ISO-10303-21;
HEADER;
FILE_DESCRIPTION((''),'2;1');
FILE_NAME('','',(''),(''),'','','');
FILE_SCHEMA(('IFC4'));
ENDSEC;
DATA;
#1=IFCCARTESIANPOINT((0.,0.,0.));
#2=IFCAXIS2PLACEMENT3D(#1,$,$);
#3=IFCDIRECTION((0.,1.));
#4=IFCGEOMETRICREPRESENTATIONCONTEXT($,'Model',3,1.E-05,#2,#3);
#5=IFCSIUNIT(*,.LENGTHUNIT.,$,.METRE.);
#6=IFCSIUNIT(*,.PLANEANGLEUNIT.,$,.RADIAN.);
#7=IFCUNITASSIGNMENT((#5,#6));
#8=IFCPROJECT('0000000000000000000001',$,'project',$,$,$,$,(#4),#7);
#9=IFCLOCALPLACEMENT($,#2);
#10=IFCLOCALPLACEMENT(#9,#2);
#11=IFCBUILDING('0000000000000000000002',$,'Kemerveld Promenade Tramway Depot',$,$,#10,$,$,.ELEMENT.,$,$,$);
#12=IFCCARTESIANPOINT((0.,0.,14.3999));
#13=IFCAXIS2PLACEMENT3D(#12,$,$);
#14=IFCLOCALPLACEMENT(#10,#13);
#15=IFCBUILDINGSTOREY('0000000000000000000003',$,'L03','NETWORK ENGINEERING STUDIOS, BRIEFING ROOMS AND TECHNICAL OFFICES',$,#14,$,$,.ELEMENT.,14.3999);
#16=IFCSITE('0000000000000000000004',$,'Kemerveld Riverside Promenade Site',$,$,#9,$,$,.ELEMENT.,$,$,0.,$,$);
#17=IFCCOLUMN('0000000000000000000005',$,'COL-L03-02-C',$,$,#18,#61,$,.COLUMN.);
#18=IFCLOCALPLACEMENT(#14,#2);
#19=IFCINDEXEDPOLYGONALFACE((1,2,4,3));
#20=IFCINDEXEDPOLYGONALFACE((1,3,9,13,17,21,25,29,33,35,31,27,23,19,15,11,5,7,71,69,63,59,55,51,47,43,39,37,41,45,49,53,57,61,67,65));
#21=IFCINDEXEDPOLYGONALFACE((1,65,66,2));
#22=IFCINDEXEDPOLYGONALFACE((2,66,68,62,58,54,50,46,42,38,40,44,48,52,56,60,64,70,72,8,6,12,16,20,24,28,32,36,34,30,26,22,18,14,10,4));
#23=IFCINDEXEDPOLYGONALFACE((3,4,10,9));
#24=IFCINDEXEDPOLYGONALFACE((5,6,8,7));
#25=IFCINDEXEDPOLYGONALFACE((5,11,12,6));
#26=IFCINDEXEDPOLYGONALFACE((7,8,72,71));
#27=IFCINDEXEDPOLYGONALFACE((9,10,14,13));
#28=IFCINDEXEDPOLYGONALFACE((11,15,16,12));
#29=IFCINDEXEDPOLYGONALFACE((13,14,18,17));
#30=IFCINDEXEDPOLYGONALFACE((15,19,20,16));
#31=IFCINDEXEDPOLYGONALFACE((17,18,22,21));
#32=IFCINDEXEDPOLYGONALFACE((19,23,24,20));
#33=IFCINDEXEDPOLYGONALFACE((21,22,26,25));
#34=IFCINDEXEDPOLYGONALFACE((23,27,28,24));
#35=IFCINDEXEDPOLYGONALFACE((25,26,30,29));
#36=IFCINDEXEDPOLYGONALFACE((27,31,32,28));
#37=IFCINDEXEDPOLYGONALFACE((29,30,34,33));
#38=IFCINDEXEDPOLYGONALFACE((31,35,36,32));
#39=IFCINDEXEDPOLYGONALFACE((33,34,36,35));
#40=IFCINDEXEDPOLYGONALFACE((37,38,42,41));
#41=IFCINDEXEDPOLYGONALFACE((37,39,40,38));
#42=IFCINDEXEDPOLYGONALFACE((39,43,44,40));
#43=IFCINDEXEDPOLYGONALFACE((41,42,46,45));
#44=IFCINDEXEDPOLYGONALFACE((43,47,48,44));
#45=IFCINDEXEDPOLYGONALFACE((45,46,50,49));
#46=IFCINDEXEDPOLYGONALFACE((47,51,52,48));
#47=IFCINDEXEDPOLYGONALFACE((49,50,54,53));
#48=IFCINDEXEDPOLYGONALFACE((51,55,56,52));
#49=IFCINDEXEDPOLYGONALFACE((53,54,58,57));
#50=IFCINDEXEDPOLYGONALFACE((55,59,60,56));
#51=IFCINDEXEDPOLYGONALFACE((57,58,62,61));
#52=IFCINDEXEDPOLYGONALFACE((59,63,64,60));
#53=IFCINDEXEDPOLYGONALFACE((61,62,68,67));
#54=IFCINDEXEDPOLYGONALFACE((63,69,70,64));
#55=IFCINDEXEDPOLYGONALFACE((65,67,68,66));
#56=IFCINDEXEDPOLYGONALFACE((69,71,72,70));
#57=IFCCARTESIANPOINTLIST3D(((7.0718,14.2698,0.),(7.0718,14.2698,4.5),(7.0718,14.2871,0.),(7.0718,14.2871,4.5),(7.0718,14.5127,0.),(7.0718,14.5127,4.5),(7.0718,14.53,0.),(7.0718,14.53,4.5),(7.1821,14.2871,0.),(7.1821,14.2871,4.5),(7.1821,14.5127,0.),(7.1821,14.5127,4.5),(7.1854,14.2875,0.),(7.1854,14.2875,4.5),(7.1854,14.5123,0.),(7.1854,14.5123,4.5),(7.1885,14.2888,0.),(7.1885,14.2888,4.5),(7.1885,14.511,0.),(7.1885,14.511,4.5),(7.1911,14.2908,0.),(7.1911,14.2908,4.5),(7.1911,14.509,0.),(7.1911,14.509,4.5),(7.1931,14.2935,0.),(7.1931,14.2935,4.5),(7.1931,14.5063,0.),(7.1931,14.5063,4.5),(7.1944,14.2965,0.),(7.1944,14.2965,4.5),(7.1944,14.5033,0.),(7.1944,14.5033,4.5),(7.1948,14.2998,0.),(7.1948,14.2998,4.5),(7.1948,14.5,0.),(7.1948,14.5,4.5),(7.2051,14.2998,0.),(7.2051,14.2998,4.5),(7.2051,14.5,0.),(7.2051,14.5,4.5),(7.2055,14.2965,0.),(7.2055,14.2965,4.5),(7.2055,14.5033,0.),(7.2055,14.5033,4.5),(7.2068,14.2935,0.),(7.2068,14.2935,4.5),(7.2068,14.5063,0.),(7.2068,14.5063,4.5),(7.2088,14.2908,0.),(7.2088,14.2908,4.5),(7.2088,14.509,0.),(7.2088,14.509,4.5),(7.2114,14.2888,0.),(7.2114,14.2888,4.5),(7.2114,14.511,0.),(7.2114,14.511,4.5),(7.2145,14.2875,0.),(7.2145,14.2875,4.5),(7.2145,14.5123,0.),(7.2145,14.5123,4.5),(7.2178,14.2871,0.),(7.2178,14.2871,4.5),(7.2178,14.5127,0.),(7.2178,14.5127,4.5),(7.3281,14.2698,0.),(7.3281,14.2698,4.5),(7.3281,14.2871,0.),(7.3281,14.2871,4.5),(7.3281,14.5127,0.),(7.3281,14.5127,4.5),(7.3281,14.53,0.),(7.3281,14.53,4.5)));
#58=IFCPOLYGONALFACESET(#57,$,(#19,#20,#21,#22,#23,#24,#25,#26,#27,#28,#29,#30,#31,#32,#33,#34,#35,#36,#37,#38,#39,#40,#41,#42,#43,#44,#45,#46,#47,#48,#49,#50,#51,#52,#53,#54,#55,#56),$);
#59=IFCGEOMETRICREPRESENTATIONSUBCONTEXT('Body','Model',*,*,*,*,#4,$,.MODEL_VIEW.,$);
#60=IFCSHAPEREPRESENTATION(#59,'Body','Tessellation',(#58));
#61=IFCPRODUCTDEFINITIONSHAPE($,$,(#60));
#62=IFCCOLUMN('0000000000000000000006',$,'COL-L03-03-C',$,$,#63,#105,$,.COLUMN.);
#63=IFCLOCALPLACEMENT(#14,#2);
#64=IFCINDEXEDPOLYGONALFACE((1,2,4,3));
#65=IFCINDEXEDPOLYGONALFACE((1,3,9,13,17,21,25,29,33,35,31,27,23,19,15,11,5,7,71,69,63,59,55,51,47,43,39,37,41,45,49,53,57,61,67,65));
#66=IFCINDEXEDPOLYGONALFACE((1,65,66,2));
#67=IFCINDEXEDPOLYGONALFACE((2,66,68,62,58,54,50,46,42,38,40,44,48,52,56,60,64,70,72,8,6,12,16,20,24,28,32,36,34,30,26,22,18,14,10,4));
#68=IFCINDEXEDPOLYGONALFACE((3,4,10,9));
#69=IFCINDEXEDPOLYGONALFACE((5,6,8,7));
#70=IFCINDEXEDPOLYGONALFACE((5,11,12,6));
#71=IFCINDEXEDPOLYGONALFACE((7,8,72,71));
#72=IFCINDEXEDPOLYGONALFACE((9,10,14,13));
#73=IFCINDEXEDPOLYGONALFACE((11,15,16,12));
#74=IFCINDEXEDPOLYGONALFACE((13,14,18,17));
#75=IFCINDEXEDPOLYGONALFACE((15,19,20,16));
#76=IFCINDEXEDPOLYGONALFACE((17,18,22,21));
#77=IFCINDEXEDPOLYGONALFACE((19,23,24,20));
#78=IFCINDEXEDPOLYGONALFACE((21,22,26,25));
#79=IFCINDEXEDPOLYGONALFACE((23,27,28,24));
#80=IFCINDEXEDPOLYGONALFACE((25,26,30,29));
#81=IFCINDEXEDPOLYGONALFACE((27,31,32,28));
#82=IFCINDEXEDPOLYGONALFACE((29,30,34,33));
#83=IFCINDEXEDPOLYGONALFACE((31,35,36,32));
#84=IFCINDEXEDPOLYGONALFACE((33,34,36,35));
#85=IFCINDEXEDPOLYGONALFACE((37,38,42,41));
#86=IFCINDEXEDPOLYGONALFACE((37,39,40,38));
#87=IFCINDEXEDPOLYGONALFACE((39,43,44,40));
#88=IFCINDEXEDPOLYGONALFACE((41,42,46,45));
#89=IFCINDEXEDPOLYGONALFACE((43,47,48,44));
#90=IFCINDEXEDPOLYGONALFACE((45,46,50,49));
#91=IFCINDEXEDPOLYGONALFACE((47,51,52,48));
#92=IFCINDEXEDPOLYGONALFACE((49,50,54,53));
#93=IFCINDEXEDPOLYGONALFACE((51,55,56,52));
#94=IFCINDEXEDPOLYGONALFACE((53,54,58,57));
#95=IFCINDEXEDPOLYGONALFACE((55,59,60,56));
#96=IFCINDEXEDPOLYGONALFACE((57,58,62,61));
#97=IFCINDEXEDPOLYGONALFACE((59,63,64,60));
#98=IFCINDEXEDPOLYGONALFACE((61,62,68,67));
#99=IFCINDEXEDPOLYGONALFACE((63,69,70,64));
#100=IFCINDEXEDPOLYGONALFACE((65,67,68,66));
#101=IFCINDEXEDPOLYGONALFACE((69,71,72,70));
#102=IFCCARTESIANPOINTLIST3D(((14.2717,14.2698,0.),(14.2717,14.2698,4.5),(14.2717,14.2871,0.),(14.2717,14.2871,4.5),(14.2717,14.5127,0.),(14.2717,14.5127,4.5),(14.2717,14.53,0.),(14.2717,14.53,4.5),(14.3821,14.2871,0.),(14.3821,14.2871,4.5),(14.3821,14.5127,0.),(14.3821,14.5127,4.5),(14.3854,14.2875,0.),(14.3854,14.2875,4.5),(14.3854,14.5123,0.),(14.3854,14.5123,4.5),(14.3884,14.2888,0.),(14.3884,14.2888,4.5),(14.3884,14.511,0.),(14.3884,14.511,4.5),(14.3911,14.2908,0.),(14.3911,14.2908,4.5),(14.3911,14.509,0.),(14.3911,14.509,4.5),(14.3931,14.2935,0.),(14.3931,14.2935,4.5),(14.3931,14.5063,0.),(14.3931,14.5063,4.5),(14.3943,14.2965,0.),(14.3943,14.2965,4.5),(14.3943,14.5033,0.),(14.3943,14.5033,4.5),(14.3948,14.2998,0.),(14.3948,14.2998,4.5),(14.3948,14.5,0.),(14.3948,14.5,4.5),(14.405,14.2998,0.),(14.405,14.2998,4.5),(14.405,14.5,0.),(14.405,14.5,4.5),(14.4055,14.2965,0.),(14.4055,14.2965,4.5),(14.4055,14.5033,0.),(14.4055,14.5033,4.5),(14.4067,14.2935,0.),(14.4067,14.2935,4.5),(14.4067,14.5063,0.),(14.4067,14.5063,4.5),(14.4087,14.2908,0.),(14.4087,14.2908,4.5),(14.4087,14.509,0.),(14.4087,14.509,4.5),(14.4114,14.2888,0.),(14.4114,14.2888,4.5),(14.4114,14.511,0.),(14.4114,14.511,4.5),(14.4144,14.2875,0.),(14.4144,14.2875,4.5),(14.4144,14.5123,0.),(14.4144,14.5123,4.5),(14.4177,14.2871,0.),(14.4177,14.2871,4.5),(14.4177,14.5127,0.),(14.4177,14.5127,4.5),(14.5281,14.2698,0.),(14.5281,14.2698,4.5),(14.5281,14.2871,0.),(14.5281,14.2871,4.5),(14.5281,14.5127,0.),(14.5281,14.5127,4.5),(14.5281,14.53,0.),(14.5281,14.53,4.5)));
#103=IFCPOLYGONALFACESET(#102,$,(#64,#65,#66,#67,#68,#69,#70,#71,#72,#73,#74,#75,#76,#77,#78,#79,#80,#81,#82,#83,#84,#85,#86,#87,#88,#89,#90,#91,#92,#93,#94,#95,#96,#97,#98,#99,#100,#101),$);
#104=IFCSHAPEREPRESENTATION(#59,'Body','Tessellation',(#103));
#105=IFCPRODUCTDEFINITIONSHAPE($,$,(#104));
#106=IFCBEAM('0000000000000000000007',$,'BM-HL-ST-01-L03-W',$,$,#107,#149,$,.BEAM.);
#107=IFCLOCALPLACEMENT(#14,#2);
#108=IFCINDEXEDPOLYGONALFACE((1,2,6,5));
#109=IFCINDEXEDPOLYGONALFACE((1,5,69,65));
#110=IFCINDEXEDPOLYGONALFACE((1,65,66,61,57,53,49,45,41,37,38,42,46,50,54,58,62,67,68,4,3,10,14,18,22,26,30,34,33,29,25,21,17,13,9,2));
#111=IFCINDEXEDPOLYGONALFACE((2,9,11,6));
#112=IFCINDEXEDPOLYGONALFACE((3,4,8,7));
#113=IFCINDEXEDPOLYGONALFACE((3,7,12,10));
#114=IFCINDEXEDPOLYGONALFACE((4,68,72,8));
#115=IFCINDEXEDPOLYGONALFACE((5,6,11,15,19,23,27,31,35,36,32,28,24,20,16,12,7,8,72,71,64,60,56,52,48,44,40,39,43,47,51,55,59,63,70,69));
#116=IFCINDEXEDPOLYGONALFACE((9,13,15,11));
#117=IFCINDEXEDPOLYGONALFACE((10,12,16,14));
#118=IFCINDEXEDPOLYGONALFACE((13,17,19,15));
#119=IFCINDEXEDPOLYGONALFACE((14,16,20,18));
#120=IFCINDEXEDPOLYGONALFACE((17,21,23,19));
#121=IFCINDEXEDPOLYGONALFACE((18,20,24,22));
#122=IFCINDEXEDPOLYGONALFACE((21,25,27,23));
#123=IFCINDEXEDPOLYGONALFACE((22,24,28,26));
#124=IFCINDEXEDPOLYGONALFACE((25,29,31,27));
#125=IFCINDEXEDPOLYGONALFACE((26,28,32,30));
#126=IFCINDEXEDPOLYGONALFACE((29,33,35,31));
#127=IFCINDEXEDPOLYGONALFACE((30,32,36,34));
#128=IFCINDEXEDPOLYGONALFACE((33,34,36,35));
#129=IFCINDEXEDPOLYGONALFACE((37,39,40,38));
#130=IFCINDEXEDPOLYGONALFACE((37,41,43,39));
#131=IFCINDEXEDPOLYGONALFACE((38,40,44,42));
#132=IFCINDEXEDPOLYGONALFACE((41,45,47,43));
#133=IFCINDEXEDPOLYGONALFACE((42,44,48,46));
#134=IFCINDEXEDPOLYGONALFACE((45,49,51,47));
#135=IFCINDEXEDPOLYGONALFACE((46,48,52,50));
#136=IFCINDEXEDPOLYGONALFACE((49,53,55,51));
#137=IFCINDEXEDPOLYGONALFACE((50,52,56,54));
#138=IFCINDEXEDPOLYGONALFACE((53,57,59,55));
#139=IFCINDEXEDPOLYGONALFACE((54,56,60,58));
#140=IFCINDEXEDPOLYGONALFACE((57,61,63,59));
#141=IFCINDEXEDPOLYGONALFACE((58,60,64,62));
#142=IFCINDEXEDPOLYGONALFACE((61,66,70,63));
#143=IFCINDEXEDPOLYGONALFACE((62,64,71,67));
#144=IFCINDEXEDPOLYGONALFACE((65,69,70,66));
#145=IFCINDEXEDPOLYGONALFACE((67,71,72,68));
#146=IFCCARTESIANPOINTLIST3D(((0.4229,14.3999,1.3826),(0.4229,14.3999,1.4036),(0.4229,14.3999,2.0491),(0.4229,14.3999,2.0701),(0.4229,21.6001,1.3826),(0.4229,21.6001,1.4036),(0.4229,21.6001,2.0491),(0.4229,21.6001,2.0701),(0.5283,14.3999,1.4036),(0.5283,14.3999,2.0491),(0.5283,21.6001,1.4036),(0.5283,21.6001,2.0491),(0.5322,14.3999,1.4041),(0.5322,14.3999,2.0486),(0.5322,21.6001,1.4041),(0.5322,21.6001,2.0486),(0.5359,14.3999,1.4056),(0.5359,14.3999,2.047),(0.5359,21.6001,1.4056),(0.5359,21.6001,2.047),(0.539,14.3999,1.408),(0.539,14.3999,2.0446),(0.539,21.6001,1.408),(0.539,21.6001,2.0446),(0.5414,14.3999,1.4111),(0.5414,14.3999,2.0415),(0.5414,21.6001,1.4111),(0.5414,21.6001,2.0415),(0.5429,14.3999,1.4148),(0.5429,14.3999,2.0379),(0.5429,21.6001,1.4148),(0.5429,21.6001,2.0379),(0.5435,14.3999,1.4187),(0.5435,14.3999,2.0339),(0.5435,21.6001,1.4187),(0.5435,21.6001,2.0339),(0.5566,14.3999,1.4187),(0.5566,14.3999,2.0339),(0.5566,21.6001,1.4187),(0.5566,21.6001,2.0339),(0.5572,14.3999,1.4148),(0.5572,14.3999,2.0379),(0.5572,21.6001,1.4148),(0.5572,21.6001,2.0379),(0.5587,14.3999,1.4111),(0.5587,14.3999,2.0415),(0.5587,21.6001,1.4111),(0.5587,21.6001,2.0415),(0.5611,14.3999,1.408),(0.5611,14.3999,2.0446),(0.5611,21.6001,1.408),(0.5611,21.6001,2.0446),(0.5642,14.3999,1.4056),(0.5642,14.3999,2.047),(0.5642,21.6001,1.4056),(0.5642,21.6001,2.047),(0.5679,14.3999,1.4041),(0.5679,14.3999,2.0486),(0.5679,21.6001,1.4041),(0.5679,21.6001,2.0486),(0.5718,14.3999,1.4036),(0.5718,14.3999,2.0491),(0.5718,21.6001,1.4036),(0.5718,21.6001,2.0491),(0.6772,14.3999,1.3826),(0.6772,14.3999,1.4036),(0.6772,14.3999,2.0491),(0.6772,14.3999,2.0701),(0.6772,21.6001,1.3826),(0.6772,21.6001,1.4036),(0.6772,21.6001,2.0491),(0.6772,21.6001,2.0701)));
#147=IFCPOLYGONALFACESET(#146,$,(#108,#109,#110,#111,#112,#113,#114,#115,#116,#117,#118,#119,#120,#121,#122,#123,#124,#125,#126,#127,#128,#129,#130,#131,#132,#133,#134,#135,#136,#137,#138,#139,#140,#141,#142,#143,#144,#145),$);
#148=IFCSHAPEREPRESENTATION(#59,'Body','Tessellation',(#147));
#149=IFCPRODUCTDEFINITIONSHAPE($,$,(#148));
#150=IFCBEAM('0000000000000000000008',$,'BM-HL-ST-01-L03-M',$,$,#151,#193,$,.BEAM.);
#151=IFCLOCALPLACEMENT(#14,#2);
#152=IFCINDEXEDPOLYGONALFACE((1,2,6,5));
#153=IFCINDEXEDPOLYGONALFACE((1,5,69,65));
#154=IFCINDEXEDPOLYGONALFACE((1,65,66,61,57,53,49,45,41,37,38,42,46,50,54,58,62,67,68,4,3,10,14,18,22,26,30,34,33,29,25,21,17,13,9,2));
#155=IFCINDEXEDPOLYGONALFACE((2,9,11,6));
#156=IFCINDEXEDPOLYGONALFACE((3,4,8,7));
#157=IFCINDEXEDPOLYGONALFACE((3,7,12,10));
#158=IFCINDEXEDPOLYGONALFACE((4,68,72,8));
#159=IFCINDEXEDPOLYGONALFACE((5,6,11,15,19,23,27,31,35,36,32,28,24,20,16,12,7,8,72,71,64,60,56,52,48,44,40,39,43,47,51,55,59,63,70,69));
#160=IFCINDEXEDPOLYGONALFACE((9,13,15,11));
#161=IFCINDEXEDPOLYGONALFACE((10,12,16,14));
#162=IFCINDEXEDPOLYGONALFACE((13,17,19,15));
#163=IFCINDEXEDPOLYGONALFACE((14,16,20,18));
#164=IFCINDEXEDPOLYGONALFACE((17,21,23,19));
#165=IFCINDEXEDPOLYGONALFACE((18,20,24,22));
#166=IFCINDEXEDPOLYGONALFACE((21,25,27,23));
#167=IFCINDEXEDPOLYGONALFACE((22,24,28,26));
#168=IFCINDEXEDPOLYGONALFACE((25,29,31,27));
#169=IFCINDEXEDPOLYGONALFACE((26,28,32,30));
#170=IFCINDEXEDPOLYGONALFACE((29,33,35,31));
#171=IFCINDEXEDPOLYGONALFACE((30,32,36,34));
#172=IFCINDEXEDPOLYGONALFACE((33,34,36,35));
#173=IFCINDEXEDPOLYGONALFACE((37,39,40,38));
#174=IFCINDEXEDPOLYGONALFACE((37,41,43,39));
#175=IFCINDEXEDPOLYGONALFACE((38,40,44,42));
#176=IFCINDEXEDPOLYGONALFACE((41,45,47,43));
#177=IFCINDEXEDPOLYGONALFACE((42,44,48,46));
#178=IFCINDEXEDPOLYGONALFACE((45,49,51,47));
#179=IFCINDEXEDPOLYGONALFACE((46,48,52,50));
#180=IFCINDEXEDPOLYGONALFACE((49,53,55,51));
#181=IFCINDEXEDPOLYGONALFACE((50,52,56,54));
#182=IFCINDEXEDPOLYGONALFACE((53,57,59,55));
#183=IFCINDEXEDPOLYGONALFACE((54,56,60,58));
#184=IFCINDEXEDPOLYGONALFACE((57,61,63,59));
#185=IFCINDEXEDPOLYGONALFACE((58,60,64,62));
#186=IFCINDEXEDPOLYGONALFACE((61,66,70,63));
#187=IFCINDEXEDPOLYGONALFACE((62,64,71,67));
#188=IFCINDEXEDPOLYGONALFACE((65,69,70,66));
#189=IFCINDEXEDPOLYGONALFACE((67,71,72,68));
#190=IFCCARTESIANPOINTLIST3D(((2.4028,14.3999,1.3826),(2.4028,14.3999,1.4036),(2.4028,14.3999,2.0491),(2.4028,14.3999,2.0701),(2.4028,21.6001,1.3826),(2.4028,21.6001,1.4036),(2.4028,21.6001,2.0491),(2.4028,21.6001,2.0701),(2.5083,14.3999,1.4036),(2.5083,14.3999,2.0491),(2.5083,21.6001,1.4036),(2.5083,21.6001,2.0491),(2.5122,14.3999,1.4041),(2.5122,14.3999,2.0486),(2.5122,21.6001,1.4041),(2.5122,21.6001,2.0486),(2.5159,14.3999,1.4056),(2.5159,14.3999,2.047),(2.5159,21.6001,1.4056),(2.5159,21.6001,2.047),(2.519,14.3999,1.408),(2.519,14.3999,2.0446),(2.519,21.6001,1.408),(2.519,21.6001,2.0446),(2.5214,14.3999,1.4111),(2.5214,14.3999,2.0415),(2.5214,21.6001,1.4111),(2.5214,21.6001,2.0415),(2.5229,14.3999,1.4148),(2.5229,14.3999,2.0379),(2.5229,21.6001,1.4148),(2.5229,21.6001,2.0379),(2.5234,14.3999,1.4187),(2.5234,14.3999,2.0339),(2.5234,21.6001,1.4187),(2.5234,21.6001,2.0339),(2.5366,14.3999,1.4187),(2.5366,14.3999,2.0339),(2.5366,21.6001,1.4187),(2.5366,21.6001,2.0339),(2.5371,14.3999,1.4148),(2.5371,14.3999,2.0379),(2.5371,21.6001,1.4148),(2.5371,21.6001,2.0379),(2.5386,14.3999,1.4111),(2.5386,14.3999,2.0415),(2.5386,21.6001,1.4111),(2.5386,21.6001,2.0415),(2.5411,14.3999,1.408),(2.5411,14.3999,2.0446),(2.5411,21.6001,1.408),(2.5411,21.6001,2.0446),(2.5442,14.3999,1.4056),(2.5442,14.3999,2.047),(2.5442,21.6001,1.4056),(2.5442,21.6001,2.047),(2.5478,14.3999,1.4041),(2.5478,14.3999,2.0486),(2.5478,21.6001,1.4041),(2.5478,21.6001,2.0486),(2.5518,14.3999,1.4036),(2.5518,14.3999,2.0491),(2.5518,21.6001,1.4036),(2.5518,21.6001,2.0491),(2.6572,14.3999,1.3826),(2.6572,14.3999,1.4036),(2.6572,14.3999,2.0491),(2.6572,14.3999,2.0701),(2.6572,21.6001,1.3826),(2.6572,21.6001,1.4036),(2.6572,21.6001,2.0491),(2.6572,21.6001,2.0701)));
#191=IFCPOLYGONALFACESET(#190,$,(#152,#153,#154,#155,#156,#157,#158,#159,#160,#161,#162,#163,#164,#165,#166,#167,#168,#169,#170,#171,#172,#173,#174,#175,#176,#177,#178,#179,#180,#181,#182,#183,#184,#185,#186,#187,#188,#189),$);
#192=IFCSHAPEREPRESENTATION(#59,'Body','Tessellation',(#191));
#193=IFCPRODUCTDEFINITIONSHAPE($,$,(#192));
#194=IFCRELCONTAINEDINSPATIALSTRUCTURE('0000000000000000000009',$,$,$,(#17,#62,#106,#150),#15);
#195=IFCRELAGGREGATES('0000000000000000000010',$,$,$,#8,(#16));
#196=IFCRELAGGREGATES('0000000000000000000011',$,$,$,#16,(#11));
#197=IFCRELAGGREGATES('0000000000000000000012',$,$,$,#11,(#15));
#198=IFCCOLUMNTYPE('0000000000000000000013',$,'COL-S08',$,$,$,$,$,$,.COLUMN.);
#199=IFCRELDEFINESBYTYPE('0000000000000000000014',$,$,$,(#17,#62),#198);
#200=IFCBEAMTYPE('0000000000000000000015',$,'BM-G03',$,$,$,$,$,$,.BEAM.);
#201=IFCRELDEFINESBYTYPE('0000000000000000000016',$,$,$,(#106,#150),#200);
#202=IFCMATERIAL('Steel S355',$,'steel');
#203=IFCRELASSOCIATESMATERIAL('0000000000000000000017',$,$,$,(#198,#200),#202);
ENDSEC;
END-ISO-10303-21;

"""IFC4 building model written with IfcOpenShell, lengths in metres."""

from ifc_helpers import new_model, si_unit, direction, frame, origin, origin_2d, place, context, subcontext, project, spatial, i_section, extrude, material, material_profile, profile_set, type_object, element, save


model = new_model("IFC4")

# Units and contexts
model_context = context("Model", 3, precision=1e-05, world=origin(), true_north=direction((0.0, 1.0)))
body_context = subcontext(model_context, "Body", "Model", "MODEL_VIEW")
ifc_project = project(units=[si_unit("LENGTHUNIT", "METRE"), si_unit("PLANEANGLEUNIT", "RADIAN")], contexts=[model_context])

# Site, building, storey
site_placement = place(None, origin())
site = spatial("IfcSite", under=ifc_project, at=site_placement, Name="Kemerveld Riverside Promenade Site", CompositionType="ELEMENT", RefElevation=0.0)
building_placement = place(site_placement, origin())
building = spatial("IfcBuilding", under=site, at=building_placement, Name="Kemerveld Promenade Tramway Depot", CompositionType="ELEMENT")
storey_placement = place(building_placement, frame((0.0, 0.0, 14.3999)))
storey = spatial("IfcBuildingStorey", under=building, at=storey_placement, Name="L03", Description="NETWORK ENGINEERING STUDIOS, BRIEFING ROOMS AND TECHNICAL OFFICES", CompositionType="ELEMENT", Elevation=14.3999)

# Columns
ifc_material_1 = material(Name="Steel S355", Category="steel")
ifc_material_profile_1 = material_profile(ifc_material_1, i_section(OverallWidth=0.2563, OverallDepth=0.2603, WebThickness=0.0103, FlangeThickness=0.0173, FilletRadius=0.0127, at=origin_2d()), Name="254x254x89 UC")
ifc_profile_set_1 = profile_set([ifc_material_profile_1], Name="Steel S355")
column_type = type_object("IfcColumnType", Name="COL-S08", PredefinedType="COLUMN", material=ifc_profile_set_1)
for number, where, z_axis, x_axis, name in (
    (1, (7.2, 14.3999, 0.0), (0.0, 0.0, 1.0), (1.0, 0.0, 0.0), "COL-L03-02-C"),
    (2, (14.3999, 14.3999, 0.0), (0.0, 0.0, 1.0), (1.0, 0.0, 0.0), "COL-L03-03-C"),
):
    element("IfcColumn", number, at=place(storey_placement, frame(where, z_axis=z_axis, x_axis=x_axis)), inside=storey, type_object=column_type, Name=name, PredefinedType="COLUMN", context=body_context, shape_type="SweptSolid", body=[
        extrude(i_section(OverallWidth=0.2563, OverallDepth=0.2603, WebThickness=0.0103, FlangeThickness=0.0173, FilletRadius=0.0127, at=origin_2d()), origin(), (0.0, 0.0, 1.0), 4.5),
    ])

# Beams
ifc_material_profile_2 = material_profile(ifc_material_1, i_section(OverallWidth=0.2544, OverallDepth=0.6875, WebThickness=0.0132, FlangeThickness=0.021, FilletRadius=0.0151, at=origin_2d()), Name="686x254x152 UB")
ifc_profile_set_2 = profile_set([ifc_material_profile_2], Name="Steel S355")
beam_type_1 = type_object("IfcBeamType", Name="BM-G03", PredefinedType="BEAM", material=ifc_profile_set_2)
for number, where, z_axis, x_axis, name in (
    (3, (0.55, 14.3999, 1.7263), (0.0, 1.0, 0.0), (-1.0, 0.0, 0.0), "BM-HL-ST-01-L03-W"),
    (4, (2.53, 14.3999, 1.7263), (0.0, 1.0, 0.0), (-1.0, 0.0, 0.0), "BM-HL-ST-01-L03-M"),
):
    element("IfcBeam", number, at=place(storey_placement, frame(where, z_axis=z_axis, x_axis=x_axis)), inside=storey, type_object=beam_type_1, Name=name, PredefinedType="BEAM", context=body_context, shape_type="SweptSolid", body=[
        extrude(i_section(OverallWidth=0.2544, OverallDepth=0.6875, WebThickness=0.0132, FlangeThickness=0.021, FilletRadius=0.0151, at=origin_2d()), origin(), (0.0, 0.0, 1.0), 7.2002),
    ])

save(model, "model.ifc")
